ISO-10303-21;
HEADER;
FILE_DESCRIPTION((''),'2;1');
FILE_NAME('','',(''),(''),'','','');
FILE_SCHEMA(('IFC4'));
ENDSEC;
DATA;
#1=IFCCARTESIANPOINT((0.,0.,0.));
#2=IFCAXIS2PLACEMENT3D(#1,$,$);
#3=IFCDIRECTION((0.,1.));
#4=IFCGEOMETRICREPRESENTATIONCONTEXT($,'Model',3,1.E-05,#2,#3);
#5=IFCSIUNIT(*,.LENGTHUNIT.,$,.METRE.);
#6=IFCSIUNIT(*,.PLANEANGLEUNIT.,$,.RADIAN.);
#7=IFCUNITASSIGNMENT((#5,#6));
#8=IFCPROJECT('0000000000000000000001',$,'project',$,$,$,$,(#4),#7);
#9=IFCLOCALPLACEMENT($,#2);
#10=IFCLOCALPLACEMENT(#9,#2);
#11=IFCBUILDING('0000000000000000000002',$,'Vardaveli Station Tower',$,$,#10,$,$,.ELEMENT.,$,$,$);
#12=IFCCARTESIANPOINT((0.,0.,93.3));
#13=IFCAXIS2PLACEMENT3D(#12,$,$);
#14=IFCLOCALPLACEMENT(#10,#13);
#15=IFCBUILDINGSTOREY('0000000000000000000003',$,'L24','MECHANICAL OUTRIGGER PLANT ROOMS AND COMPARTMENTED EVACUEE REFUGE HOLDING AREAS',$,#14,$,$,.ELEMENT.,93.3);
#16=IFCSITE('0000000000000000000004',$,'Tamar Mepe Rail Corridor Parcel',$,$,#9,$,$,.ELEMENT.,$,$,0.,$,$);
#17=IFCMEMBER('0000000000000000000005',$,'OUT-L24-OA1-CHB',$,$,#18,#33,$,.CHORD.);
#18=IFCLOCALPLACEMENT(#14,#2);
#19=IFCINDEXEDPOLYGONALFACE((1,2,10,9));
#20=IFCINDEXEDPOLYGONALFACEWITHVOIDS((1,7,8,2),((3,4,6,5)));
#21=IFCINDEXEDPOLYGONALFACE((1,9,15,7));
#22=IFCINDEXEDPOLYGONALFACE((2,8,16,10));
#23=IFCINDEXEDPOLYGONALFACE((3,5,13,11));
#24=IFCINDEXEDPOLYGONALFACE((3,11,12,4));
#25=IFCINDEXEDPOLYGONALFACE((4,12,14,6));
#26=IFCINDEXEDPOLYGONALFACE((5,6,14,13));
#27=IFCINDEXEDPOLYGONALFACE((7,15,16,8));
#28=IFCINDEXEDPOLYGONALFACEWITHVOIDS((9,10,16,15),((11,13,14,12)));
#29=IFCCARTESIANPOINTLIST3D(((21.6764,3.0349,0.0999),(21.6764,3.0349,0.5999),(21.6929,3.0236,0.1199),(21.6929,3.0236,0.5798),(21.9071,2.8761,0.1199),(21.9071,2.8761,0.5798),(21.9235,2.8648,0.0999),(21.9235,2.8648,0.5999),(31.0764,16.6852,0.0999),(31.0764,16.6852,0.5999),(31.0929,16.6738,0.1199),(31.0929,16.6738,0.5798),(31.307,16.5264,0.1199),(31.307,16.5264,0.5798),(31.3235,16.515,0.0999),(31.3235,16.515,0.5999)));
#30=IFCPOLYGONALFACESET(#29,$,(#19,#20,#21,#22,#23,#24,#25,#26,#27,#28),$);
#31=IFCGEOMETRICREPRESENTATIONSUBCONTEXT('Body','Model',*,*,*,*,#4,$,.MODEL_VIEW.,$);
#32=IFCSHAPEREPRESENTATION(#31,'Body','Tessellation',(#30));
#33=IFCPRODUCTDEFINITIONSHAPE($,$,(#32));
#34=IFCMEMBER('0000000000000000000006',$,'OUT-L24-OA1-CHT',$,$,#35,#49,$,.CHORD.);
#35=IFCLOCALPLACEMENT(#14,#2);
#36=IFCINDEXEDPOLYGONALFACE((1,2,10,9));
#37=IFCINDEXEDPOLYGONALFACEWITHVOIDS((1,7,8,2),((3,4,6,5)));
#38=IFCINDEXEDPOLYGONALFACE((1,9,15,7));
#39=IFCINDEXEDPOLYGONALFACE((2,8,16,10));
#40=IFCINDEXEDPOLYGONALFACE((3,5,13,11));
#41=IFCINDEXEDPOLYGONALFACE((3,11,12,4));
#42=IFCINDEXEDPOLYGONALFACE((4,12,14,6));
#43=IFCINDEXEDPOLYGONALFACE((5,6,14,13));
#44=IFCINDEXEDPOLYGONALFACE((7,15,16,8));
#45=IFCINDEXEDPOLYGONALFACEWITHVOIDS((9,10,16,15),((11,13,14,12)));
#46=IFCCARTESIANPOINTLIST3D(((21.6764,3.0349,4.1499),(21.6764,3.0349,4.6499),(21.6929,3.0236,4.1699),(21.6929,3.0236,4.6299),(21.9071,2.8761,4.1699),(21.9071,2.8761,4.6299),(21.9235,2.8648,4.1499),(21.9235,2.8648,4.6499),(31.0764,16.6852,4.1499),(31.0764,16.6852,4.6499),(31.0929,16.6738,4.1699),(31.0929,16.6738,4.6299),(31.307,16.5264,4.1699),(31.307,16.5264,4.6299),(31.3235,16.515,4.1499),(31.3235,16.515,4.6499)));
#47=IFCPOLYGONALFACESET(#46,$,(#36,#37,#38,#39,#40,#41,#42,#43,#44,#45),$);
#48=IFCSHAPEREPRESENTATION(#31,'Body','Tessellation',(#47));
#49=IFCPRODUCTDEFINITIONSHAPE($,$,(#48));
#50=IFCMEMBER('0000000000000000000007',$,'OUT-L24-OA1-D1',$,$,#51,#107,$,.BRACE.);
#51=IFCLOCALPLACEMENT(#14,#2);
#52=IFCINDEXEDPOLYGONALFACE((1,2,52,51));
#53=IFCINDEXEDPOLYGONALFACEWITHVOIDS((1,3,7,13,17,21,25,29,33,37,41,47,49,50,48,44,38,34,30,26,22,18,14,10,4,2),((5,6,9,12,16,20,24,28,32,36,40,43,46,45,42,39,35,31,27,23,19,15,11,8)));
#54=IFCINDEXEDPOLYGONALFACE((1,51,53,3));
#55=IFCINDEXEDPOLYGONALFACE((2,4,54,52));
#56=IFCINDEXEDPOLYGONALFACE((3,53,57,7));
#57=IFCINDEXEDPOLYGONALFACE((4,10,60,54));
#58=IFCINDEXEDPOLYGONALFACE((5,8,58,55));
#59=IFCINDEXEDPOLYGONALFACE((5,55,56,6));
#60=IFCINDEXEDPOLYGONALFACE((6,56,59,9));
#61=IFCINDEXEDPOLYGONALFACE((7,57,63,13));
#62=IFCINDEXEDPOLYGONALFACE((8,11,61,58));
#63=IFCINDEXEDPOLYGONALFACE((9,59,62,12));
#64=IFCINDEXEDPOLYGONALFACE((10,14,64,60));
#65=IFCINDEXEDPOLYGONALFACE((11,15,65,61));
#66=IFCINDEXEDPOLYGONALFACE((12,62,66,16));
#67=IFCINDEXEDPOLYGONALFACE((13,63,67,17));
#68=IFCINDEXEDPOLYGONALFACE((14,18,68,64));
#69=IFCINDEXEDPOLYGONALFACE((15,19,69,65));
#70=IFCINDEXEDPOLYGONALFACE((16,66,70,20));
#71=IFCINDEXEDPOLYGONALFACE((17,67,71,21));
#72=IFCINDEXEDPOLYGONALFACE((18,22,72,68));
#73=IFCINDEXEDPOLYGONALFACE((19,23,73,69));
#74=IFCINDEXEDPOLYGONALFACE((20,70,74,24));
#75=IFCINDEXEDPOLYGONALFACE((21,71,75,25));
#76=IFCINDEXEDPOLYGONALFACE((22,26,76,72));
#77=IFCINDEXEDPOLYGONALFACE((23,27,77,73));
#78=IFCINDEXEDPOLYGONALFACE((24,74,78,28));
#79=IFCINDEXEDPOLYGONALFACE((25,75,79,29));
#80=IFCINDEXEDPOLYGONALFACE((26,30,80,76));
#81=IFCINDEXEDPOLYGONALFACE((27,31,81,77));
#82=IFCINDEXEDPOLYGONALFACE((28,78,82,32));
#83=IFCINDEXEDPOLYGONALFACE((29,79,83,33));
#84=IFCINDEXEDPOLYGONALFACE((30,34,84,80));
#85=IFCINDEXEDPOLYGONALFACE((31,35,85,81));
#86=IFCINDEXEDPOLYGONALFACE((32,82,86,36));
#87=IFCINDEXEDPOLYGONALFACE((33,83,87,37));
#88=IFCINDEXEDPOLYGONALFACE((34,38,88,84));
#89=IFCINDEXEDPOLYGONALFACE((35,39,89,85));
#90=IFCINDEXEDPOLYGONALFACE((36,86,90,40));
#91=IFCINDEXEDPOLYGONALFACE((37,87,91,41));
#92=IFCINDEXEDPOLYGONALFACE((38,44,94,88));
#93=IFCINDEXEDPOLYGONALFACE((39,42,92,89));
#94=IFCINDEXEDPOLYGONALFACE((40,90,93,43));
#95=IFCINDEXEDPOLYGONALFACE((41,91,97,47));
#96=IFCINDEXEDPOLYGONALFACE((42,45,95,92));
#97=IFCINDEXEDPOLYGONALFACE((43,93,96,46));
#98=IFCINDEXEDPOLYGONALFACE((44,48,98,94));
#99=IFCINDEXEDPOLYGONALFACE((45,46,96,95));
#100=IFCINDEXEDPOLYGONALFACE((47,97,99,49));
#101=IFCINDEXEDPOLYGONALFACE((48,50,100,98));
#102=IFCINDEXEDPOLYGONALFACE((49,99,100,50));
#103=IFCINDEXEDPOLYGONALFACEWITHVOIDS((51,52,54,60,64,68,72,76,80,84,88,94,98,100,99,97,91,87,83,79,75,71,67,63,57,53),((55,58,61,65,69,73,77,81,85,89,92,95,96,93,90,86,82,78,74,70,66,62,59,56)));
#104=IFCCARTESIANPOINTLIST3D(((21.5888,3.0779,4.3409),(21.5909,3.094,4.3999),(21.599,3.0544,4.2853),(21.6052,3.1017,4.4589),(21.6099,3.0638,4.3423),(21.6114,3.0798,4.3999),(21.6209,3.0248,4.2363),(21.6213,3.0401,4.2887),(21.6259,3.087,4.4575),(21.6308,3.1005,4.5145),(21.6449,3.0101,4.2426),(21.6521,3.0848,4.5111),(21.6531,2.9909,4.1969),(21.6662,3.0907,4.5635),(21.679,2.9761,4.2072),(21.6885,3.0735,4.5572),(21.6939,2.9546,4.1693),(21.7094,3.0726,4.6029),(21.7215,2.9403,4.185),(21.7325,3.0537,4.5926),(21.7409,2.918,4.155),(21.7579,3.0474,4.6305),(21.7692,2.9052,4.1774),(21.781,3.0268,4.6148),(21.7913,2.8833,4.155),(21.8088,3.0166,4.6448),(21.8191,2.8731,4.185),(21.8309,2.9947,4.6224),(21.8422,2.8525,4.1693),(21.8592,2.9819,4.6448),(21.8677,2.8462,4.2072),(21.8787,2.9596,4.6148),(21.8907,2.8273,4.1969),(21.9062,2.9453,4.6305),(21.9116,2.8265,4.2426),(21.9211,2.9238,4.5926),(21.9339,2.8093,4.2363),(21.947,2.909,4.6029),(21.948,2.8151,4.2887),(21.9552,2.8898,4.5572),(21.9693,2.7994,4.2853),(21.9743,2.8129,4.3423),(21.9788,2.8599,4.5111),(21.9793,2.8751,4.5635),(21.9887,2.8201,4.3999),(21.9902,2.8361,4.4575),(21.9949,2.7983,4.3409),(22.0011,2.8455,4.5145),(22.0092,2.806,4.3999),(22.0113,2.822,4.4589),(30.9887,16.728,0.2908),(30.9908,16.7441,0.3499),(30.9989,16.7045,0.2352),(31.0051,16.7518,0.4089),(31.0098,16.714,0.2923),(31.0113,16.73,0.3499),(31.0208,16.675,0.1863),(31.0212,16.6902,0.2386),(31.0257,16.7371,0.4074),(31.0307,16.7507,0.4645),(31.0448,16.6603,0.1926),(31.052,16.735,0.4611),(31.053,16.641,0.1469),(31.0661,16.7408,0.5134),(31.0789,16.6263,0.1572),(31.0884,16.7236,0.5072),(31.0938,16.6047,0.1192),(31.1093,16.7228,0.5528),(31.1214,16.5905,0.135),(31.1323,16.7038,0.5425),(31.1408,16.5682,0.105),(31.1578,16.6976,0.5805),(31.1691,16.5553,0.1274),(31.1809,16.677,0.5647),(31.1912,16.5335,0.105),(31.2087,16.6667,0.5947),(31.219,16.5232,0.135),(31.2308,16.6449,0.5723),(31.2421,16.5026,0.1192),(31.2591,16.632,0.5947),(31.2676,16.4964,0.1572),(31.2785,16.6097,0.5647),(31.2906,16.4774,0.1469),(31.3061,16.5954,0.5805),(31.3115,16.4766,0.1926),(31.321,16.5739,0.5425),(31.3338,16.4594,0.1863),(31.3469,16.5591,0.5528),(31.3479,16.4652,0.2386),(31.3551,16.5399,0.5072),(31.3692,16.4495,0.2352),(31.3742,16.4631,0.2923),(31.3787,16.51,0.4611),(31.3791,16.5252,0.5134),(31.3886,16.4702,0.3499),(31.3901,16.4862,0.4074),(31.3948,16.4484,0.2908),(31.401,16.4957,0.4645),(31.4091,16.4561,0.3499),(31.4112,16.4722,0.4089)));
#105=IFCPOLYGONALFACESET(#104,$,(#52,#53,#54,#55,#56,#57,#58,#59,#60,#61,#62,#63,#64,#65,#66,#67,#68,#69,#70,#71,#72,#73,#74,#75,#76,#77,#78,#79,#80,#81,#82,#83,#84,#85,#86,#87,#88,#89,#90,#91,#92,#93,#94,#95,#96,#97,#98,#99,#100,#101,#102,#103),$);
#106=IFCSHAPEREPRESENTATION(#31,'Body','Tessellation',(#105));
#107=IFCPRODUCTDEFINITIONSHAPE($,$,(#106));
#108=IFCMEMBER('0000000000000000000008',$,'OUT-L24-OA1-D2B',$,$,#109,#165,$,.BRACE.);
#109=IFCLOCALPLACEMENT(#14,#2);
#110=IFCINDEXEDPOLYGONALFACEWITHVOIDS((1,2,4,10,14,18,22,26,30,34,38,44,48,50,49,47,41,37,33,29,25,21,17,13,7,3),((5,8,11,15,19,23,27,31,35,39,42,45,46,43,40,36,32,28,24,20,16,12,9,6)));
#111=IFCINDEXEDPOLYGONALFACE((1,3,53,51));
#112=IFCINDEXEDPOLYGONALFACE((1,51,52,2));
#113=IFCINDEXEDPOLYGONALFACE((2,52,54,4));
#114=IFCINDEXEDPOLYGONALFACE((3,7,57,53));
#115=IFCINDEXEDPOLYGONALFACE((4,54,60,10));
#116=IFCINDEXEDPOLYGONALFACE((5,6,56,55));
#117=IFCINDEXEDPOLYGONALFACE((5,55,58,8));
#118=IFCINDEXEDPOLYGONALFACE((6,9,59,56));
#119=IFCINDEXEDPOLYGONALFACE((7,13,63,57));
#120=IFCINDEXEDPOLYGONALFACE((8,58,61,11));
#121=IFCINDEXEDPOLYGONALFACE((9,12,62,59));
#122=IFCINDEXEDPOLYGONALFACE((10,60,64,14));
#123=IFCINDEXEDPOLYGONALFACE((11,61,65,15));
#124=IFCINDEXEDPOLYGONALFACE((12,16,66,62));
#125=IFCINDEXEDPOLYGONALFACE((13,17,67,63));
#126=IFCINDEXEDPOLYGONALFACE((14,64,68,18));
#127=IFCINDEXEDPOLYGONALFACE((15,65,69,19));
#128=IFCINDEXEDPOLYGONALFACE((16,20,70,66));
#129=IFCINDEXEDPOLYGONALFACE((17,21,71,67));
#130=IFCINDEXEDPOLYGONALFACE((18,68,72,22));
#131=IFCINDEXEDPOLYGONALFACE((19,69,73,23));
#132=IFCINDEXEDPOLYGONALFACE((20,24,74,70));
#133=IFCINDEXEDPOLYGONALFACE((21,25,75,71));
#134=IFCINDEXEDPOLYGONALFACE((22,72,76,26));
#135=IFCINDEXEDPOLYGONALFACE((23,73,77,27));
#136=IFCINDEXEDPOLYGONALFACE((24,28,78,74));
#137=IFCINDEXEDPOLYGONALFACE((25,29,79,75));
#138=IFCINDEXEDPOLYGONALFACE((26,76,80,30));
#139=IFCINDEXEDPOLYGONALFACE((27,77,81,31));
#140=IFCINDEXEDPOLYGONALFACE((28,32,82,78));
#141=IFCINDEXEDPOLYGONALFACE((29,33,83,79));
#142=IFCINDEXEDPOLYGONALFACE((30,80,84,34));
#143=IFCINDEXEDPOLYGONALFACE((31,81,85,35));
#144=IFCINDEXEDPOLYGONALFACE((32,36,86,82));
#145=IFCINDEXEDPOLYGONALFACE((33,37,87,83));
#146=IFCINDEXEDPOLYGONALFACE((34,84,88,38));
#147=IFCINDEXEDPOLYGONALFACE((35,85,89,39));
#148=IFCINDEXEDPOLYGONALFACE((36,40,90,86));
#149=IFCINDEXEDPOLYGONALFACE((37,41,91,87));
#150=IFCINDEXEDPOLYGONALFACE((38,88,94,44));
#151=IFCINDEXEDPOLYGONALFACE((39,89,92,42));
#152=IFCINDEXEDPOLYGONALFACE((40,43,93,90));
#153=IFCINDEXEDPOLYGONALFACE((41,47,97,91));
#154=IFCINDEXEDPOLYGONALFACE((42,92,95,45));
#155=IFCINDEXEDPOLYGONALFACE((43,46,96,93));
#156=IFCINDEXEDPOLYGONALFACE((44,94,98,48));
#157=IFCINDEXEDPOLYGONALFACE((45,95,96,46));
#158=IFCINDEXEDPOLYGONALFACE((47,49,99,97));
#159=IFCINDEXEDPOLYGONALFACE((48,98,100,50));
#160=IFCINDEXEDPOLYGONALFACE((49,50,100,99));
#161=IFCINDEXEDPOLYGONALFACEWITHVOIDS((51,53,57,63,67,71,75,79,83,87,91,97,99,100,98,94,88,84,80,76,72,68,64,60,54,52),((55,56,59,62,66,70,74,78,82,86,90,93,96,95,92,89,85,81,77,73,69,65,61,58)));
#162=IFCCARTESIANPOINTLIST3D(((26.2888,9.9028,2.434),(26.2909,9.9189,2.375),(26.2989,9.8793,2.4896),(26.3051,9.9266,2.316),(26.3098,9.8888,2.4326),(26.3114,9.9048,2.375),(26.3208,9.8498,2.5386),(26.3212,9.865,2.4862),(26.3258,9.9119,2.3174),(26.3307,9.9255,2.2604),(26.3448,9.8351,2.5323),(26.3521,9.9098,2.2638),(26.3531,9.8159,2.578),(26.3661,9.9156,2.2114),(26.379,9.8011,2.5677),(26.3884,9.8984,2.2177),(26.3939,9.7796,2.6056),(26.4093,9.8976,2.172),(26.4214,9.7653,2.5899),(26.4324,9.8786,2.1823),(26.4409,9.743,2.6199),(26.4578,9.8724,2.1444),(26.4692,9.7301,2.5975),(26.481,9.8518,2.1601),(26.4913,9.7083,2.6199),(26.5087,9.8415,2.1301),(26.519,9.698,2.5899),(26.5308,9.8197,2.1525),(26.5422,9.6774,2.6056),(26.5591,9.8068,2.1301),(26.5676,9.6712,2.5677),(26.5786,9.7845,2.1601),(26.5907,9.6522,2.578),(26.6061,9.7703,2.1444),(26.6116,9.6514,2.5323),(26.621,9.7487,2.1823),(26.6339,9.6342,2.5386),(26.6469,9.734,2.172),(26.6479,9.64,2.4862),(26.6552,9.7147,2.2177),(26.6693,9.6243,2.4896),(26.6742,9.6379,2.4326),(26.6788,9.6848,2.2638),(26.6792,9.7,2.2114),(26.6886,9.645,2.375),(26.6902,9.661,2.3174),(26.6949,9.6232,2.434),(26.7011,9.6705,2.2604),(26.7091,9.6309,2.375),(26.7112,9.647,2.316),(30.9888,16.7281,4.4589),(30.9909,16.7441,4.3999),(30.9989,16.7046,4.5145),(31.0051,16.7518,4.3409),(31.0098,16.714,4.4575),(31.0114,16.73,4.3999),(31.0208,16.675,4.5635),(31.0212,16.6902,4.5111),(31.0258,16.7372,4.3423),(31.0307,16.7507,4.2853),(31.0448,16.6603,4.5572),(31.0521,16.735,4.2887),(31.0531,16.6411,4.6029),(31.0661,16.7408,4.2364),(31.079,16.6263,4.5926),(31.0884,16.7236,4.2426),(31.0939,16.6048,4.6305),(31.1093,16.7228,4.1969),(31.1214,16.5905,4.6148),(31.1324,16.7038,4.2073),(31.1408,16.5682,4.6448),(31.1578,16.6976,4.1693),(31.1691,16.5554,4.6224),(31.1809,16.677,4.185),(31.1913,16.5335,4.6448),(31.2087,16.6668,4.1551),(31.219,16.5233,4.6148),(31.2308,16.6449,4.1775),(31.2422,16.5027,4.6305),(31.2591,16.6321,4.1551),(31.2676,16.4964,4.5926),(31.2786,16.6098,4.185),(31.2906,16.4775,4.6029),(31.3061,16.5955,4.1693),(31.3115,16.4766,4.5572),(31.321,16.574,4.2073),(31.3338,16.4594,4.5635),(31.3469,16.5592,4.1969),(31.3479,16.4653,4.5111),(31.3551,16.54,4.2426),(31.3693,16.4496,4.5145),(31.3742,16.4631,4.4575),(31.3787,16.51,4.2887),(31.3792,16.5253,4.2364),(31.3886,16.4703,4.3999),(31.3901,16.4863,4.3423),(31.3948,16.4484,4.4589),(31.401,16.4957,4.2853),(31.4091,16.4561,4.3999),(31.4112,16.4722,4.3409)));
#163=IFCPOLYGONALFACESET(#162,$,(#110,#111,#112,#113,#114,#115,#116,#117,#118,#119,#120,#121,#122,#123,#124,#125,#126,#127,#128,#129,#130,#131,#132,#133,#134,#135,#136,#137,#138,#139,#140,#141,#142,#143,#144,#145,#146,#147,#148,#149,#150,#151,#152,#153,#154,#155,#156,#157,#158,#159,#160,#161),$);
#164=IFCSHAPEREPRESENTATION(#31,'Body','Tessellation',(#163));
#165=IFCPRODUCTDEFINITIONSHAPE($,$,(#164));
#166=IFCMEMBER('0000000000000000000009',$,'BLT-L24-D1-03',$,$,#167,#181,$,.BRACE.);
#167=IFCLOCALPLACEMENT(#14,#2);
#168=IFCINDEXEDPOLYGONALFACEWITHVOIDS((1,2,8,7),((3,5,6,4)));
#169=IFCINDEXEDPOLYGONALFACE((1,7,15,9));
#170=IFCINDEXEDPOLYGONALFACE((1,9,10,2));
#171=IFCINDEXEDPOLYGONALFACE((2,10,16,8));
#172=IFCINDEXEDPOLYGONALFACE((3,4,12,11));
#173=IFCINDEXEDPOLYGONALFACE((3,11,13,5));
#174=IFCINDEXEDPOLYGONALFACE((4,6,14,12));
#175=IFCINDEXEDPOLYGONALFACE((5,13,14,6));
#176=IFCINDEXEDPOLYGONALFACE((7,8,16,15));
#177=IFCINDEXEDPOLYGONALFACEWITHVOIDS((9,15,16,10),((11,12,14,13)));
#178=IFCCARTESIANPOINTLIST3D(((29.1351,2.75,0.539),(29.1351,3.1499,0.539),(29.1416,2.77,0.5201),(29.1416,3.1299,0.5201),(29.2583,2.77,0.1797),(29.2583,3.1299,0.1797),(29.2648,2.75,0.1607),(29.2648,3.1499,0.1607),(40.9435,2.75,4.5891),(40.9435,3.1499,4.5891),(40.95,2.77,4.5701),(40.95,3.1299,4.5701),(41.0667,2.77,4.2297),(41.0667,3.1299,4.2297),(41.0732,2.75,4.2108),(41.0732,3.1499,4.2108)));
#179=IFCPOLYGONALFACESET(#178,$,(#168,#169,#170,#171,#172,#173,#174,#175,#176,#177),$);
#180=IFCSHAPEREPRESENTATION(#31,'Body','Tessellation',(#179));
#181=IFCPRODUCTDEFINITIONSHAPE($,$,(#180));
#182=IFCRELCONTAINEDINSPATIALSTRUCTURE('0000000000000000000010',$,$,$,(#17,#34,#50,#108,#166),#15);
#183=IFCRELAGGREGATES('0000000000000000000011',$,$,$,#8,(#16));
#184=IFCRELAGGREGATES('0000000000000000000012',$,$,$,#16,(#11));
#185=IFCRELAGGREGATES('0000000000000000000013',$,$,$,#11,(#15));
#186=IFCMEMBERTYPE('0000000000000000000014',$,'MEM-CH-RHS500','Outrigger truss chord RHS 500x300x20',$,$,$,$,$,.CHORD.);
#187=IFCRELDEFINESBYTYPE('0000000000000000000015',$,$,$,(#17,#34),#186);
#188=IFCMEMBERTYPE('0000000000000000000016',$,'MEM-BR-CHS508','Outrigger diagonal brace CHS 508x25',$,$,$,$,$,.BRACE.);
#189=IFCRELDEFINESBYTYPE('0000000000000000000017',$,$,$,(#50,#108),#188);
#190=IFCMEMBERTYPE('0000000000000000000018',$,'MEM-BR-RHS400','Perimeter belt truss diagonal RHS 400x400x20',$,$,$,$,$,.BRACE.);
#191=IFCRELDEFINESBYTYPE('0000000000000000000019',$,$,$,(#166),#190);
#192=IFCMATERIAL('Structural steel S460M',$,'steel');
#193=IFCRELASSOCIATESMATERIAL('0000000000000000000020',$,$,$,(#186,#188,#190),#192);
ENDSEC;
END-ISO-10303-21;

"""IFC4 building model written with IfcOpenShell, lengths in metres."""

from ifc_helpers import new_model, si_unit, direction, frame, origin, origin_2d, place, context, subcontext, project, spatial, hollow_rectangle, hollow_circle, extrude, source, transform, mapped, material, material_profile, profile_set, type_object, element, save


model = new_model("IFC4")

# Units and contexts
model_context = context("Model", 3, precision=1e-05, world=origin(), true_north=direction((0.0, 1.0)))
body_context = subcontext(model_context, "Body", "Model", "MODEL_VIEW")
ifc_project = project(units=[si_unit("LENGTHUNIT", "METRE"), si_unit("PLANEANGLEUNIT", "RADIAN")], contexts=[model_context])

# Site, building, storey
site_placement = place(None, origin())
site = spatial("IfcSite", under=ifc_project, at=site_placement, Name="Tamar Mepe Rail Corridor Parcel", CompositionType="ELEMENT", RefElevation=0.0)
building_placement = place(site_placement, origin())
building = spatial("IfcBuilding", under=site, at=building_placement, Name="Vardaveli Station Tower", CompositionType="ELEMENT")
storey_placement = place(building_placement, frame((0.0, 0.0, 93.3)))
storey = spatial("IfcBuildingStorey", under=building, at=storey_placement, Name="L24", Description="MECHANICAL OUTRIGGER PLANT ROOMS AND COMPARTMENTED EVACUEE REFUGE HOLDING AREAS", CompositionType="ELEMENT", Elevation=93.3)

# Shared definitions
ifc_material_1 = material(Name="Structural steel S460M", Category="steel")

# Members
ifc_material_profile_1 = material_profile(ifc_material_1, hollow_rectangle(XDim=0.3, YDim=0.5, WallThickness=0.02, at=origin_2d()), Name="RHS 500x300x20")
ifc_profile_set_1 = profile_set([ifc_material_profile_1], Name="Structural steel S460M")
member_type_1 = type_object("IfcMemberType", Name="MEM-CH-RHS500", Description="Outrigger truss chord RHS 500x300x20", PredefinedType="CHORD", material=ifc_profile_set_1)
shared_shape_1 = source(origin(), body_context, "Body", "SweptSolid", [
    extrude(hollow_rectangle(XDim=0.3, YDim=0.5, WallThickness=0.02, at=origin_2d()), origin(), (0.0, 0.0, 1.0), 16.5737),
])
for number, where, z_axis, x_axis, name in (
    (1, (31.2, 16.6001, 0.3499), (-0.567161, -0.823607, 0.0), (0.823607, -0.567161, 0.0), "OUT-L24-OA1-CHB"),
    (2, (31.2, 16.6001, 4.3999), (-0.567161, -0.823607, 0.0), (0.823607, -0.567161, 0.0), "OUT-L24-OA1-CHT"),
):
    element("IfcMember", number, at=place(storey_placement, frame(where, z_axis=z_axis, x_axis=x_axis)), inside=storey, type_object=member_type_1, Name=name, PredefinedType="CHORD", context=body_context, shape_type="MappedRepresentation", body=[
        mapped(shared_shape_1, transform((0.0, 0.0, 0.0), scale=1.0)),
    ])
ifc_material_profile_2 = material_profile(ifc_material_1, hollow_circle(Radius=0.2539, WallThickness=0.0249, at=origin_2d()), Name="CHS 508x25")
ifc_profile_set_2 = profile_set([ifc_material_profile_2], Name="Structural steel S460M")
member_type_2 = type_object("IfcMemberType", Name="MEM-BR-CHS508", Description="Outrigger diagonal brace CHS 508x25", PredefinedType="BRACE", material=ifc_profile_set_2)
shared_shape_2 = source(origin(), body_context, "Body", "SweptSolid", [
    extrude(hollow_circle(Radius=0.2539, WallThickness=0.0249, at=origin_2d()), origin(), (0.0, 0.0, 1.0), 17.0613),
])
member_1_placement = place(storey_placement, frame((31.2, 16.6001, 0.3499), z_axis=(-0.550949, -0.800065, 0.237382), x_axis=(0.823607, -0.567161, 0.0)))
element("IfcMember", 3, at=member_1_placement, inside=storey, type_object=member_type_2, Name="OUT-L24-OA1-D1", PredefinedType="BRACE", context=body_context, shape_type="MappedRepresentation", body=[
    mapped(shared_shape_2, transform((0.0, 0.0, 0.0), scale=1.0)),
])
shared_shape_3 = source(origin(), body_context, "Body", "SweptSolid", [
    extrude(hollow_circle(Radius=0.2539, WallThickness=0.0249, at=origin_2d()), origin(), (0.0, 0.0, 1.0), 8.5308),
])
member_2_placement = place(storey_placement, frame((26.5, 9.7749, 2.375), z_axis=(0.550945, 0.800073, 0.237366), x_axis=(-0.823612, 0.567154, 0.0)))
element("IfcMember", 4, at=member_2_placement, inside=storey, type_object=member_type_2, Name="OUT-L24-OA1-D2B", PredefinedType="BRACE", context=body_context, shape_type="MappedRepresentation", body=[
    mapped(shared_shape_3, transform((0.0, 0.0, 0.0), scale=1.0)),
])
ifc_material_profile_3 = material_profile(ifc_material_1, hollow_rectangle(XDim=0.3999, YDim=0.3999, WallThickness=0.02, at=origin_2d()), Name="RHS 400x400x20")
ifc_profile_set_3 = profile_set([ifc_material_profile_3], Name="Structural steel S460M")
member_type_3 = type_object("IfcMemberType", Name="MEM-BR-RHS400", Description="Perimeter belt truss diagonal RHS 400x400x20", PredefinedType="BRACE", material=ifc_profile_set_3)
shared_shape_4 = source(origin(), body_context, "Body", "SweptSolid", [
    extrude(hollow_rectangle(XDim=0.3999, YDim=0.3999, WallThickness=0.02, at=origin_2d()), origin(), (0.0, 0.0, 1.0), 12.4836),
])
member_3_placement = place(storey_placement, frame((29.2, 2.95, 0.3499), z_axis=(0.94591, 0.0, 0.32443), x_axis=(0.0, 1.0, 0.0)))
element("IfcMember", 5, at=member_3_placement, inside=storey, type_object=member_type_3, Name="BLT-L24-D1-03", PredefinedType="BRACE", context=body_context, shape_type="MappedRepresentation", body=[
    mapped(shared_shape_4, transform((0.0, 0.0, 0.0), scale=1.0)),
])

save(model, "model.ifc")
